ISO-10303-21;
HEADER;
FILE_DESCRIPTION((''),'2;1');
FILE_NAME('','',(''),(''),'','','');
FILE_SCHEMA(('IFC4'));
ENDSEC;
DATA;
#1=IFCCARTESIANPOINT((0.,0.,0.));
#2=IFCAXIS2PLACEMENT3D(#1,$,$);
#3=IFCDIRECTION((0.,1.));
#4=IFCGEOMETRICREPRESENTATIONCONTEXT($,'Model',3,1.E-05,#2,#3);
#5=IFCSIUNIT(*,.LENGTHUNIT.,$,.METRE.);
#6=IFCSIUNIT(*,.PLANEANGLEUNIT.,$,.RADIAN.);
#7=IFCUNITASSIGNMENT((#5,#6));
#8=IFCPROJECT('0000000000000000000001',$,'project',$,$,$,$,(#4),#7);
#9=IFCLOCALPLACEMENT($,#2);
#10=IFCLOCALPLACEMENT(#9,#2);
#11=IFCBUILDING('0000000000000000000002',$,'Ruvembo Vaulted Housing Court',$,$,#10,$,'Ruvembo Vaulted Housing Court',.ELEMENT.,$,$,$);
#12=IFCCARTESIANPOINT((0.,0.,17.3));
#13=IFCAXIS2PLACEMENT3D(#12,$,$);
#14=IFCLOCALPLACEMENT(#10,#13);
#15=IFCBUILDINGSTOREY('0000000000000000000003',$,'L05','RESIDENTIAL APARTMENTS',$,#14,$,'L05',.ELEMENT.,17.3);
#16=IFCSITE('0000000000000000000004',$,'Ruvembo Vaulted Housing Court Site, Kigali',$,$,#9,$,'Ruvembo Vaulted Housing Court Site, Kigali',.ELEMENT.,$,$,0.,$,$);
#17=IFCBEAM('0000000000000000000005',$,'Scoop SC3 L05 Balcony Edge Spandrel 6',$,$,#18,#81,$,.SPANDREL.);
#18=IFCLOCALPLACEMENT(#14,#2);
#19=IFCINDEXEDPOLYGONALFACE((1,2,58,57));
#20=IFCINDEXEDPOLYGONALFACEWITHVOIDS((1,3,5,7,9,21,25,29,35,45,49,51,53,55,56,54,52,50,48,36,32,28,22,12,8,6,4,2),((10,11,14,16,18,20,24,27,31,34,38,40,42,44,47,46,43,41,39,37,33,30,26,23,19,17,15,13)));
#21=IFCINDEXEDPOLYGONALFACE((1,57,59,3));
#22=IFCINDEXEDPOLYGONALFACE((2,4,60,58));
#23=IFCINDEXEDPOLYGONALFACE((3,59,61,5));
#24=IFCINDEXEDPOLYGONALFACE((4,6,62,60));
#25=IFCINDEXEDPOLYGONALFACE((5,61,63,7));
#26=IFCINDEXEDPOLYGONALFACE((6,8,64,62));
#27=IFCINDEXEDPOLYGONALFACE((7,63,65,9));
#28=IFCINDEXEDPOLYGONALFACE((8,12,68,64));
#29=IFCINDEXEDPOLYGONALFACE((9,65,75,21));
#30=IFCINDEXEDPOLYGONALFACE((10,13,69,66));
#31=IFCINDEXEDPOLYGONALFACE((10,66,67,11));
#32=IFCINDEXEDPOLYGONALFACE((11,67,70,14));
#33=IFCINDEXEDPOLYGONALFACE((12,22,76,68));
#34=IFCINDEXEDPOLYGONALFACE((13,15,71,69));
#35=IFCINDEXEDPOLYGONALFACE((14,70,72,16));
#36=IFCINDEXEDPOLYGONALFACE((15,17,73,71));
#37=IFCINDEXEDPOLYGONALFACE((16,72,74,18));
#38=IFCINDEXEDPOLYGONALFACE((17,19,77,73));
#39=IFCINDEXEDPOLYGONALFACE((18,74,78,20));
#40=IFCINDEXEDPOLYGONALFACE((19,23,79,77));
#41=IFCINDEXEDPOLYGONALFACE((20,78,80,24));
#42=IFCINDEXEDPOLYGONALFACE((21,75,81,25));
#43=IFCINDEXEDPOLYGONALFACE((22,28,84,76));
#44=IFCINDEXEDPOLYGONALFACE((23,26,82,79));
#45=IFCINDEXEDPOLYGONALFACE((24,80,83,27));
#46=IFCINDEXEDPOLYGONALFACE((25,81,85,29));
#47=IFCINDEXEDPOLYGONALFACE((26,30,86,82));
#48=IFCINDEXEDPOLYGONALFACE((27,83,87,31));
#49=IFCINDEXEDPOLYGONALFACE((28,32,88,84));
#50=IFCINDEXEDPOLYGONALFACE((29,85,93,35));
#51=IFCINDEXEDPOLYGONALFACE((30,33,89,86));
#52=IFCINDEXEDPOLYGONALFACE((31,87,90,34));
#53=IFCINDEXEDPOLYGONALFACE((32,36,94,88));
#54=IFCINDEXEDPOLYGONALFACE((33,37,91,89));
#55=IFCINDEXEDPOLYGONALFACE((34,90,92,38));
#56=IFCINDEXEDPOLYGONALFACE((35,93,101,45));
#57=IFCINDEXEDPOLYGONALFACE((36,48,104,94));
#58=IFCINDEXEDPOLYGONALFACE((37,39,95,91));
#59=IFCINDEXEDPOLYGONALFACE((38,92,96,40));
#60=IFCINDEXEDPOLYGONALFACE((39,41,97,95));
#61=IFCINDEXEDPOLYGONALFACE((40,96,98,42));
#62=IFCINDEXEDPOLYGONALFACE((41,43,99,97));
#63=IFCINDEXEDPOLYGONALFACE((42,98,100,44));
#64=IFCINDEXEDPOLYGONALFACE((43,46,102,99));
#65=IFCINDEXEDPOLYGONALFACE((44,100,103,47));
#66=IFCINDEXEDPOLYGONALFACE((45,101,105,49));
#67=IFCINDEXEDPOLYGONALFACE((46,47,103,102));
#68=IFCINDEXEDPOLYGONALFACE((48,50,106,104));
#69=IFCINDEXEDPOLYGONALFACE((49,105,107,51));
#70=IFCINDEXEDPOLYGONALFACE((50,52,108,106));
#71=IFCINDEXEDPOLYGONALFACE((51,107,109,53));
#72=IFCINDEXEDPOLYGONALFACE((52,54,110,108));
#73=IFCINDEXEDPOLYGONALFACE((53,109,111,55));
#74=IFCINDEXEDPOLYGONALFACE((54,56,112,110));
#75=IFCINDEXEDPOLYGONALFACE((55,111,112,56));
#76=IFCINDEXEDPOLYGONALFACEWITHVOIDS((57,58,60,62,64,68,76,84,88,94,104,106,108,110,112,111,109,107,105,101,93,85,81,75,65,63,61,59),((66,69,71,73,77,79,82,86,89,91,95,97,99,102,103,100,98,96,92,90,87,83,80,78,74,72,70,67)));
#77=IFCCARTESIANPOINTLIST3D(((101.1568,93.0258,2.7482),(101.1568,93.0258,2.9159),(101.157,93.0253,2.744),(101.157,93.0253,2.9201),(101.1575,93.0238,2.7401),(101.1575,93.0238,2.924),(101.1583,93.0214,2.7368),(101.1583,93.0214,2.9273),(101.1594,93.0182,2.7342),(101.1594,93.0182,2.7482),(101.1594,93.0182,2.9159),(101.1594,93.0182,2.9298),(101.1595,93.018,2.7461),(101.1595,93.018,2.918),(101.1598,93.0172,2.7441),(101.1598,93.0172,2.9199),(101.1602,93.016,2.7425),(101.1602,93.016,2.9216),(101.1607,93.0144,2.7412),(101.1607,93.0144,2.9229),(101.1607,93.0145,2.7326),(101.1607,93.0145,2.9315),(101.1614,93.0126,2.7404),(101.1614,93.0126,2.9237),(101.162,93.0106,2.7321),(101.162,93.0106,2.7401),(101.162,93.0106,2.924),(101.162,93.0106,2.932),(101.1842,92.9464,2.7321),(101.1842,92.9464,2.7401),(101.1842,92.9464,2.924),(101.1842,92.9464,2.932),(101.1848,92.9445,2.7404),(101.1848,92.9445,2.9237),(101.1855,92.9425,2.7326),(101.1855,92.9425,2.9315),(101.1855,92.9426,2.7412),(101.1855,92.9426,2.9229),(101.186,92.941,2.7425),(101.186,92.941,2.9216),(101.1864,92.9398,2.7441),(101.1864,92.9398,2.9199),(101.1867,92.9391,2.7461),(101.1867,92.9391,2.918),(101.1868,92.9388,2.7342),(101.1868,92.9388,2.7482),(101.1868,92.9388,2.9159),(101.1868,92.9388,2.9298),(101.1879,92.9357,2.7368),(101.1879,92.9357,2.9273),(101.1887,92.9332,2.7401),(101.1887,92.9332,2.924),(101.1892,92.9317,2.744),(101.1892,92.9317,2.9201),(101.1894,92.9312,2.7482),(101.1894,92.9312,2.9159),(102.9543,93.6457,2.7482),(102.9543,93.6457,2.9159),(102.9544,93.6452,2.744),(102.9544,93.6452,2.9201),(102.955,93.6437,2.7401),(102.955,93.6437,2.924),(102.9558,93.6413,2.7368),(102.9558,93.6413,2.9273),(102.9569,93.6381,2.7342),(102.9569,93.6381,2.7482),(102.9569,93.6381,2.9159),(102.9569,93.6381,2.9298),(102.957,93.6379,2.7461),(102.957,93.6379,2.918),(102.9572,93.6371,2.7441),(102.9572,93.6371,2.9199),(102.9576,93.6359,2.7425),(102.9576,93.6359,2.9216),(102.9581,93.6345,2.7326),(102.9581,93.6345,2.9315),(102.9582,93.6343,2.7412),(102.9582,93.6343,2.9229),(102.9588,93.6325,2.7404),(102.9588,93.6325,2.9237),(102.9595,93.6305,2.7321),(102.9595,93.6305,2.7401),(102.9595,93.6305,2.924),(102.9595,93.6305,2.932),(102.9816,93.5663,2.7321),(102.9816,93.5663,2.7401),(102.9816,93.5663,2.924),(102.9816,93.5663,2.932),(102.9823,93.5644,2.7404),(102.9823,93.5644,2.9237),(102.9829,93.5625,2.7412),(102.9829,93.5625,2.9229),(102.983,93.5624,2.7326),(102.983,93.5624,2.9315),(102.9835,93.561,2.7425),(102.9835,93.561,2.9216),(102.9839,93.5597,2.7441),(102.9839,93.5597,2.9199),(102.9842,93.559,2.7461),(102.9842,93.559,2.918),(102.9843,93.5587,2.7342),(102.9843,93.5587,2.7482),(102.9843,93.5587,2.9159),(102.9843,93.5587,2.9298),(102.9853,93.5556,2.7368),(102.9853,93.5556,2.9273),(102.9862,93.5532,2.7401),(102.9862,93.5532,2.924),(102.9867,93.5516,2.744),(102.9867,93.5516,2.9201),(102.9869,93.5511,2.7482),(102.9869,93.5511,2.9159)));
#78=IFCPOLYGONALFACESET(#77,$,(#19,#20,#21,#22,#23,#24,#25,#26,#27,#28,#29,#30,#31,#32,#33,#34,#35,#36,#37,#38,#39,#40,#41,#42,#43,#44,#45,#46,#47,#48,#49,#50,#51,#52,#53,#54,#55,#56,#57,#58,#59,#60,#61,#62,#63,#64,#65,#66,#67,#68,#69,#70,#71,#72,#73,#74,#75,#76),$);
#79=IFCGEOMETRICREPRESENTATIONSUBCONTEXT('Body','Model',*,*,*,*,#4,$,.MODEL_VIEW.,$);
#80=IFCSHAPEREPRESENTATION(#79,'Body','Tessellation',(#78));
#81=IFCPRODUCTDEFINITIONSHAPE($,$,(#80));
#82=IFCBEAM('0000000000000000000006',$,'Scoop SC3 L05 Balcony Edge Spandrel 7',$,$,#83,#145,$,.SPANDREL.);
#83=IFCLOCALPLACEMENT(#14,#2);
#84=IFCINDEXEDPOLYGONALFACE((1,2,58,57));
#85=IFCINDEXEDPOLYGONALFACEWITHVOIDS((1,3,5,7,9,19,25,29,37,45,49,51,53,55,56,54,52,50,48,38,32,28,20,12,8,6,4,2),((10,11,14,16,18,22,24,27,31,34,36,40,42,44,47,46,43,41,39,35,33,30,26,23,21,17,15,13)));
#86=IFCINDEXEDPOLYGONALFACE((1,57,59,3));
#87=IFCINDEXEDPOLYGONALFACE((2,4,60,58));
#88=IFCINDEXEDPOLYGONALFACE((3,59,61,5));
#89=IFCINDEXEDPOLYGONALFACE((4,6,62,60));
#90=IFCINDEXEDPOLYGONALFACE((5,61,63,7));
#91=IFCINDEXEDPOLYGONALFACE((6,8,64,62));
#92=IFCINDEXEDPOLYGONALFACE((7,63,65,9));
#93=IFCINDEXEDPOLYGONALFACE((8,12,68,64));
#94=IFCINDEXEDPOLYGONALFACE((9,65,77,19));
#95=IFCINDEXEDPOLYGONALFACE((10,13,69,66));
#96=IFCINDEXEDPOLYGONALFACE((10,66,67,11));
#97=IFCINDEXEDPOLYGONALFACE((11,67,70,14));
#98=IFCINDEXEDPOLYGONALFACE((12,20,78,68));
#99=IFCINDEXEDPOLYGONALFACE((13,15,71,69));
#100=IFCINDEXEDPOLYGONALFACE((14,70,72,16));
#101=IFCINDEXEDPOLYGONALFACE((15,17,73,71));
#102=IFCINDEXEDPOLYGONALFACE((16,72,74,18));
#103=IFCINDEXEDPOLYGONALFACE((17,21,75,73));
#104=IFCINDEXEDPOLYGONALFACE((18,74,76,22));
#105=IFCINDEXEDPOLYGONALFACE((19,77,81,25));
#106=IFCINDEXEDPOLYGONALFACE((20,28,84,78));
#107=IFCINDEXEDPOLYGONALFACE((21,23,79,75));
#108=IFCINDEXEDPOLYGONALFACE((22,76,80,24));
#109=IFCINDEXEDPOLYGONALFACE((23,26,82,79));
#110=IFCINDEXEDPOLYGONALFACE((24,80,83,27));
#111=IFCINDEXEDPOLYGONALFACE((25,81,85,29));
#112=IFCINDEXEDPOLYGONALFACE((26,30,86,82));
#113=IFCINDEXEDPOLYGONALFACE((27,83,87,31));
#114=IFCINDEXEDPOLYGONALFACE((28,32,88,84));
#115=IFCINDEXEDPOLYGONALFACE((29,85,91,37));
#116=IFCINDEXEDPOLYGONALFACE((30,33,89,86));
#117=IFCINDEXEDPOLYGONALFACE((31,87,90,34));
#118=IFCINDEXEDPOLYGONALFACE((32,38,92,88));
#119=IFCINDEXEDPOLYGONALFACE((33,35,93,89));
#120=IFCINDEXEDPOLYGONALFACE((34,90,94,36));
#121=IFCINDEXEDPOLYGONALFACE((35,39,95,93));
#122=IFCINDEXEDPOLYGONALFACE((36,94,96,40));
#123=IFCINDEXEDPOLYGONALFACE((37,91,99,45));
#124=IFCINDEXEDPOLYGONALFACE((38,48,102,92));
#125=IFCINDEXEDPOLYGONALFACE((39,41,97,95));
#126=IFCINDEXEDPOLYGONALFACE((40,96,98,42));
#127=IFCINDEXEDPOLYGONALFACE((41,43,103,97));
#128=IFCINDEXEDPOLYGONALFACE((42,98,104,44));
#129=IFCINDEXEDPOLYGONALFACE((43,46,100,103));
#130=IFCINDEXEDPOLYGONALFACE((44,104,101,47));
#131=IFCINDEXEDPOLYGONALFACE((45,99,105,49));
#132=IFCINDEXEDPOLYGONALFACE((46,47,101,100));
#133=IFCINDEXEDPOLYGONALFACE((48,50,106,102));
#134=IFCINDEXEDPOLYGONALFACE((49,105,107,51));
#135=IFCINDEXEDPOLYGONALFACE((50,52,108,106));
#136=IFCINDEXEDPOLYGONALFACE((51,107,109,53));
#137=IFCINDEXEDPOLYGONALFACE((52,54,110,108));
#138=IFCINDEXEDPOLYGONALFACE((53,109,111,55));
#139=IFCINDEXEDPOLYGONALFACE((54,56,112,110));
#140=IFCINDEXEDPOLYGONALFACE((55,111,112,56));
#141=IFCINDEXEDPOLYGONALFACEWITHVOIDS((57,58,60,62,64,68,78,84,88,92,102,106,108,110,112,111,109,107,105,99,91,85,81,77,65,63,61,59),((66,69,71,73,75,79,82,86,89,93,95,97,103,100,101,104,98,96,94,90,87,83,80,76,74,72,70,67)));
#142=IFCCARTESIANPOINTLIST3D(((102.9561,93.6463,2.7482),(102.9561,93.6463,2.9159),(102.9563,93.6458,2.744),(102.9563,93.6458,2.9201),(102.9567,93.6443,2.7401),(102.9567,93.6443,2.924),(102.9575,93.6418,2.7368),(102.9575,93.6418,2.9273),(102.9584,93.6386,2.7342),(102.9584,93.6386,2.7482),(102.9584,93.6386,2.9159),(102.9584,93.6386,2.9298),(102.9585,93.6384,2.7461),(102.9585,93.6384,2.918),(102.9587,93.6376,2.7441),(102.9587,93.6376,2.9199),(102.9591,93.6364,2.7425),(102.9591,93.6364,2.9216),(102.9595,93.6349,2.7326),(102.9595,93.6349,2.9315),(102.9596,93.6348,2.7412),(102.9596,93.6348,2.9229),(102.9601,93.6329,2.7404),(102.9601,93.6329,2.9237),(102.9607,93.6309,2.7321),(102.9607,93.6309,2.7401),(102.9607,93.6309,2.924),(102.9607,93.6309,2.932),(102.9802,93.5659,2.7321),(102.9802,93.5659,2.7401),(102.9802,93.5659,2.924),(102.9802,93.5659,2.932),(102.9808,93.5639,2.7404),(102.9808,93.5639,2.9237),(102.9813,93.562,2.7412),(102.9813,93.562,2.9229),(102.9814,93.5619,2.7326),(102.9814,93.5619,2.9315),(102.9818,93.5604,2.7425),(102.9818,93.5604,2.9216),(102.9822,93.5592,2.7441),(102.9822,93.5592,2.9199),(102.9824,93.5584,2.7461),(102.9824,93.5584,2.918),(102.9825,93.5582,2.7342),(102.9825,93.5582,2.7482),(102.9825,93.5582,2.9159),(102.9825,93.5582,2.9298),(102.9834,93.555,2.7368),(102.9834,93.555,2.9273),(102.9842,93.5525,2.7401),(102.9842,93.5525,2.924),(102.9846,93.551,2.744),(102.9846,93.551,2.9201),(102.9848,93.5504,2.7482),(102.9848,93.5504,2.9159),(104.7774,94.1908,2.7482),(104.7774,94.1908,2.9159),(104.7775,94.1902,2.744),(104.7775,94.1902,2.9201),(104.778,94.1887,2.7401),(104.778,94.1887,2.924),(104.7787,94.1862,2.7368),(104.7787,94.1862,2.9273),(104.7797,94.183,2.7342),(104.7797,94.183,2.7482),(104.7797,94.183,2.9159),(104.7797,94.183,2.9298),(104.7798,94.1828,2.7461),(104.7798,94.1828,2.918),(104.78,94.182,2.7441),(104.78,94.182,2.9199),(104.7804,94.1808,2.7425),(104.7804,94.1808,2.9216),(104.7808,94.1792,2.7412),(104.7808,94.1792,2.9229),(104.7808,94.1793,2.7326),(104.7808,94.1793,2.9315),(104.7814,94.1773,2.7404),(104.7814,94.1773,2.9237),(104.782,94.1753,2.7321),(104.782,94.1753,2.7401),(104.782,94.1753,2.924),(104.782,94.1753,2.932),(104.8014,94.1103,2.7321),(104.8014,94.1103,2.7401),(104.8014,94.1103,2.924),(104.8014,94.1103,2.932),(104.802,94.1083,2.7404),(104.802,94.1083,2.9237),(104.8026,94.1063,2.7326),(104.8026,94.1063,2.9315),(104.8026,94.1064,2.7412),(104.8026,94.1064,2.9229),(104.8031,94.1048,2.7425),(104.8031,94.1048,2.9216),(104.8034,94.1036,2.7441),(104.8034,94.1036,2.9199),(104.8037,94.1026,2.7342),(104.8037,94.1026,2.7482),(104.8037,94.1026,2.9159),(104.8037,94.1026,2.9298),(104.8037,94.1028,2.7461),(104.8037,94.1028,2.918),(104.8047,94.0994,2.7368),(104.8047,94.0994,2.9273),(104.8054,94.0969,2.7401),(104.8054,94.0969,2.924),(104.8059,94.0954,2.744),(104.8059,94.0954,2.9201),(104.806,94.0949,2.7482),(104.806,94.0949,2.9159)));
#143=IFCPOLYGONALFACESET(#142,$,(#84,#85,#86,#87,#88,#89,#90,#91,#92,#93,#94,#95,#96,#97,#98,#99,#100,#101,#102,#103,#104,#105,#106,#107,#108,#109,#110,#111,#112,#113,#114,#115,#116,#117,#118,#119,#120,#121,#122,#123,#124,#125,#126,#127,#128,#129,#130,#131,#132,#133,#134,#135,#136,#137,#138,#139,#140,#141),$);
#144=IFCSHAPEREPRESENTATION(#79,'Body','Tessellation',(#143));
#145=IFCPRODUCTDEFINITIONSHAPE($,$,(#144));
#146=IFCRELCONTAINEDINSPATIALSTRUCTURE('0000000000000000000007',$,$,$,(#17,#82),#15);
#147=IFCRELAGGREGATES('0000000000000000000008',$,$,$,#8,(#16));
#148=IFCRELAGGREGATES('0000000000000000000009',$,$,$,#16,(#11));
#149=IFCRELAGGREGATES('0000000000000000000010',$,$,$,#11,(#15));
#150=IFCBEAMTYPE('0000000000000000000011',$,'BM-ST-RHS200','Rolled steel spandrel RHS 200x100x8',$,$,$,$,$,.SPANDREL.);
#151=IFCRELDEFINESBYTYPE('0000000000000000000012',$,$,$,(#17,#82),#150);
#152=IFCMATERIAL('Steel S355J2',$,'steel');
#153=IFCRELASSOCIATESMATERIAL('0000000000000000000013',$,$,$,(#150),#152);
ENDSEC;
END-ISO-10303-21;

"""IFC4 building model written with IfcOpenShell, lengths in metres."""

from ifc_helpers import new_model, si_unit, direction, frame, origin, origin_2d, place, context, subcontext, project, spatial, hollow_rectangle, extrude, material, material_profile, profile_set, type_object, element, save


model = new_model("IFC4")

# Units and contexts
model_context = context("Model", 3, precision=1e-05, world=origin(), true_north=direction((0.0, 1.0)))
body_context = subcontext(model_context, "Body", "Model", "MODEL_VIEW")
ifc_project = project(units=[si_unit("LENGTHUNIT", "METRE"), si_unit("PLANEANGLEUNIT", "RADIAN")], contexts=[model_context])

# Site, building, storey
site_placement = place(None, origin())
site = spatial("IfcSite", under=ifc_project, at=site_placement, Name="Ruvembo Vaulted Housing Court Site, Kigali", LongName="Ruvembo Vaulted Housing Court Site, Kigali", CompositionType="ELEMENT", RefElevation=0.0)
building_placement = place(site_placement, origin())
building = spatial("IfcBuilding", under=site, at=building_placement, Name="Ruvembo Vaulted Housing Court", LongName="Ruvembo Vaulted Housing Court", CompositionType="ELEMENT")
storey_placement = place(building_placement, frame((0.0, 0.0, 17.3)))
storey = spatial("IfcBuildingStorey", under=building, at=storey_placement, Name="L05", Description="RESIDENTIAL APARTMENTS", LongName="L05", CompositionType="ELEMENT", Elevation=17.3)

# Beams
ifc_material_1 = material(Name="Steel S355J2", Category="steel")
ifc_material_profile_1 = material_profile(ifc_material_1, hollow_rectangle(XDim=0.1001, YDim=0.2, WallThickness=0.0081, InnerFilletRadius=0.0081, OuterFilletRadius=0.0161, at=origin_2d()), Name="RHS 200x100x8")
ifc_profile_set_1 = profile_set([ifc_material_profile_1], Name="Steel S355J2")
beam_type = type_object("IfcBeamType", Name="BM-ST-RHS200", Description="Rolled steel spandrel RHS 200x100x8", PredefinedType="SPANDREL", material=ifc_profile_set_1)
beam_1_placement = place(storey_placement, frame((101.1731, 92.9785, 2.832), z_axis=(0.945358, 0.326034, 0.0), x_axis=(-0.326034, 0.945358, 0.0)))
element("IfcBeam", 1, at=beam_1_placement, inside=storey, type_object=beam_type, Name="Scoop SC3 L05 Balcony Edge Spandrel 6", PredefinedType="SPANDREL", context=body_context, shape_type="SweptSolid", body=[
    extrude(hollow_rectangle(XDim=0.1001, YDim=0.2, WallThickness=0.0081, InnerFilletRadius=0.0081, OuterFilletRadius=0.0161, at=origin_2d()), origin(), (0.0, 0.0, 1.0), 1.9014),
])
for number, where, z_axis, x_axis, name in (
    (2, (102.9705, 93.5984, 2.832), (0.958109, 0.286405, 0.0), (-0.286405, 0.958109, 0.0), "Scoop SC3 L05 Balcony Edge Spandrel 7"),
):
    element("IfcBeam", number, at=place(storey_placement, frame(where, z_axis=z_axis, x_axis=x_axis)), inside=storey, type_object=beam_type, Name=name, PredefinedType="SPANDREL", context=body_context, shape_type="SweptSolid", body=[
        extrude(hollow_rectangle(XDim=0.1001, YDim=0.2, WallThickness=0.0081, InnerFilletRadius=0.0081, OuterFilletRadius=0.0161, at=origin_2d()), origin(), (0.0, 0.0, 1.0), 1.9009),
    ])

save(model, "model.ifc")
